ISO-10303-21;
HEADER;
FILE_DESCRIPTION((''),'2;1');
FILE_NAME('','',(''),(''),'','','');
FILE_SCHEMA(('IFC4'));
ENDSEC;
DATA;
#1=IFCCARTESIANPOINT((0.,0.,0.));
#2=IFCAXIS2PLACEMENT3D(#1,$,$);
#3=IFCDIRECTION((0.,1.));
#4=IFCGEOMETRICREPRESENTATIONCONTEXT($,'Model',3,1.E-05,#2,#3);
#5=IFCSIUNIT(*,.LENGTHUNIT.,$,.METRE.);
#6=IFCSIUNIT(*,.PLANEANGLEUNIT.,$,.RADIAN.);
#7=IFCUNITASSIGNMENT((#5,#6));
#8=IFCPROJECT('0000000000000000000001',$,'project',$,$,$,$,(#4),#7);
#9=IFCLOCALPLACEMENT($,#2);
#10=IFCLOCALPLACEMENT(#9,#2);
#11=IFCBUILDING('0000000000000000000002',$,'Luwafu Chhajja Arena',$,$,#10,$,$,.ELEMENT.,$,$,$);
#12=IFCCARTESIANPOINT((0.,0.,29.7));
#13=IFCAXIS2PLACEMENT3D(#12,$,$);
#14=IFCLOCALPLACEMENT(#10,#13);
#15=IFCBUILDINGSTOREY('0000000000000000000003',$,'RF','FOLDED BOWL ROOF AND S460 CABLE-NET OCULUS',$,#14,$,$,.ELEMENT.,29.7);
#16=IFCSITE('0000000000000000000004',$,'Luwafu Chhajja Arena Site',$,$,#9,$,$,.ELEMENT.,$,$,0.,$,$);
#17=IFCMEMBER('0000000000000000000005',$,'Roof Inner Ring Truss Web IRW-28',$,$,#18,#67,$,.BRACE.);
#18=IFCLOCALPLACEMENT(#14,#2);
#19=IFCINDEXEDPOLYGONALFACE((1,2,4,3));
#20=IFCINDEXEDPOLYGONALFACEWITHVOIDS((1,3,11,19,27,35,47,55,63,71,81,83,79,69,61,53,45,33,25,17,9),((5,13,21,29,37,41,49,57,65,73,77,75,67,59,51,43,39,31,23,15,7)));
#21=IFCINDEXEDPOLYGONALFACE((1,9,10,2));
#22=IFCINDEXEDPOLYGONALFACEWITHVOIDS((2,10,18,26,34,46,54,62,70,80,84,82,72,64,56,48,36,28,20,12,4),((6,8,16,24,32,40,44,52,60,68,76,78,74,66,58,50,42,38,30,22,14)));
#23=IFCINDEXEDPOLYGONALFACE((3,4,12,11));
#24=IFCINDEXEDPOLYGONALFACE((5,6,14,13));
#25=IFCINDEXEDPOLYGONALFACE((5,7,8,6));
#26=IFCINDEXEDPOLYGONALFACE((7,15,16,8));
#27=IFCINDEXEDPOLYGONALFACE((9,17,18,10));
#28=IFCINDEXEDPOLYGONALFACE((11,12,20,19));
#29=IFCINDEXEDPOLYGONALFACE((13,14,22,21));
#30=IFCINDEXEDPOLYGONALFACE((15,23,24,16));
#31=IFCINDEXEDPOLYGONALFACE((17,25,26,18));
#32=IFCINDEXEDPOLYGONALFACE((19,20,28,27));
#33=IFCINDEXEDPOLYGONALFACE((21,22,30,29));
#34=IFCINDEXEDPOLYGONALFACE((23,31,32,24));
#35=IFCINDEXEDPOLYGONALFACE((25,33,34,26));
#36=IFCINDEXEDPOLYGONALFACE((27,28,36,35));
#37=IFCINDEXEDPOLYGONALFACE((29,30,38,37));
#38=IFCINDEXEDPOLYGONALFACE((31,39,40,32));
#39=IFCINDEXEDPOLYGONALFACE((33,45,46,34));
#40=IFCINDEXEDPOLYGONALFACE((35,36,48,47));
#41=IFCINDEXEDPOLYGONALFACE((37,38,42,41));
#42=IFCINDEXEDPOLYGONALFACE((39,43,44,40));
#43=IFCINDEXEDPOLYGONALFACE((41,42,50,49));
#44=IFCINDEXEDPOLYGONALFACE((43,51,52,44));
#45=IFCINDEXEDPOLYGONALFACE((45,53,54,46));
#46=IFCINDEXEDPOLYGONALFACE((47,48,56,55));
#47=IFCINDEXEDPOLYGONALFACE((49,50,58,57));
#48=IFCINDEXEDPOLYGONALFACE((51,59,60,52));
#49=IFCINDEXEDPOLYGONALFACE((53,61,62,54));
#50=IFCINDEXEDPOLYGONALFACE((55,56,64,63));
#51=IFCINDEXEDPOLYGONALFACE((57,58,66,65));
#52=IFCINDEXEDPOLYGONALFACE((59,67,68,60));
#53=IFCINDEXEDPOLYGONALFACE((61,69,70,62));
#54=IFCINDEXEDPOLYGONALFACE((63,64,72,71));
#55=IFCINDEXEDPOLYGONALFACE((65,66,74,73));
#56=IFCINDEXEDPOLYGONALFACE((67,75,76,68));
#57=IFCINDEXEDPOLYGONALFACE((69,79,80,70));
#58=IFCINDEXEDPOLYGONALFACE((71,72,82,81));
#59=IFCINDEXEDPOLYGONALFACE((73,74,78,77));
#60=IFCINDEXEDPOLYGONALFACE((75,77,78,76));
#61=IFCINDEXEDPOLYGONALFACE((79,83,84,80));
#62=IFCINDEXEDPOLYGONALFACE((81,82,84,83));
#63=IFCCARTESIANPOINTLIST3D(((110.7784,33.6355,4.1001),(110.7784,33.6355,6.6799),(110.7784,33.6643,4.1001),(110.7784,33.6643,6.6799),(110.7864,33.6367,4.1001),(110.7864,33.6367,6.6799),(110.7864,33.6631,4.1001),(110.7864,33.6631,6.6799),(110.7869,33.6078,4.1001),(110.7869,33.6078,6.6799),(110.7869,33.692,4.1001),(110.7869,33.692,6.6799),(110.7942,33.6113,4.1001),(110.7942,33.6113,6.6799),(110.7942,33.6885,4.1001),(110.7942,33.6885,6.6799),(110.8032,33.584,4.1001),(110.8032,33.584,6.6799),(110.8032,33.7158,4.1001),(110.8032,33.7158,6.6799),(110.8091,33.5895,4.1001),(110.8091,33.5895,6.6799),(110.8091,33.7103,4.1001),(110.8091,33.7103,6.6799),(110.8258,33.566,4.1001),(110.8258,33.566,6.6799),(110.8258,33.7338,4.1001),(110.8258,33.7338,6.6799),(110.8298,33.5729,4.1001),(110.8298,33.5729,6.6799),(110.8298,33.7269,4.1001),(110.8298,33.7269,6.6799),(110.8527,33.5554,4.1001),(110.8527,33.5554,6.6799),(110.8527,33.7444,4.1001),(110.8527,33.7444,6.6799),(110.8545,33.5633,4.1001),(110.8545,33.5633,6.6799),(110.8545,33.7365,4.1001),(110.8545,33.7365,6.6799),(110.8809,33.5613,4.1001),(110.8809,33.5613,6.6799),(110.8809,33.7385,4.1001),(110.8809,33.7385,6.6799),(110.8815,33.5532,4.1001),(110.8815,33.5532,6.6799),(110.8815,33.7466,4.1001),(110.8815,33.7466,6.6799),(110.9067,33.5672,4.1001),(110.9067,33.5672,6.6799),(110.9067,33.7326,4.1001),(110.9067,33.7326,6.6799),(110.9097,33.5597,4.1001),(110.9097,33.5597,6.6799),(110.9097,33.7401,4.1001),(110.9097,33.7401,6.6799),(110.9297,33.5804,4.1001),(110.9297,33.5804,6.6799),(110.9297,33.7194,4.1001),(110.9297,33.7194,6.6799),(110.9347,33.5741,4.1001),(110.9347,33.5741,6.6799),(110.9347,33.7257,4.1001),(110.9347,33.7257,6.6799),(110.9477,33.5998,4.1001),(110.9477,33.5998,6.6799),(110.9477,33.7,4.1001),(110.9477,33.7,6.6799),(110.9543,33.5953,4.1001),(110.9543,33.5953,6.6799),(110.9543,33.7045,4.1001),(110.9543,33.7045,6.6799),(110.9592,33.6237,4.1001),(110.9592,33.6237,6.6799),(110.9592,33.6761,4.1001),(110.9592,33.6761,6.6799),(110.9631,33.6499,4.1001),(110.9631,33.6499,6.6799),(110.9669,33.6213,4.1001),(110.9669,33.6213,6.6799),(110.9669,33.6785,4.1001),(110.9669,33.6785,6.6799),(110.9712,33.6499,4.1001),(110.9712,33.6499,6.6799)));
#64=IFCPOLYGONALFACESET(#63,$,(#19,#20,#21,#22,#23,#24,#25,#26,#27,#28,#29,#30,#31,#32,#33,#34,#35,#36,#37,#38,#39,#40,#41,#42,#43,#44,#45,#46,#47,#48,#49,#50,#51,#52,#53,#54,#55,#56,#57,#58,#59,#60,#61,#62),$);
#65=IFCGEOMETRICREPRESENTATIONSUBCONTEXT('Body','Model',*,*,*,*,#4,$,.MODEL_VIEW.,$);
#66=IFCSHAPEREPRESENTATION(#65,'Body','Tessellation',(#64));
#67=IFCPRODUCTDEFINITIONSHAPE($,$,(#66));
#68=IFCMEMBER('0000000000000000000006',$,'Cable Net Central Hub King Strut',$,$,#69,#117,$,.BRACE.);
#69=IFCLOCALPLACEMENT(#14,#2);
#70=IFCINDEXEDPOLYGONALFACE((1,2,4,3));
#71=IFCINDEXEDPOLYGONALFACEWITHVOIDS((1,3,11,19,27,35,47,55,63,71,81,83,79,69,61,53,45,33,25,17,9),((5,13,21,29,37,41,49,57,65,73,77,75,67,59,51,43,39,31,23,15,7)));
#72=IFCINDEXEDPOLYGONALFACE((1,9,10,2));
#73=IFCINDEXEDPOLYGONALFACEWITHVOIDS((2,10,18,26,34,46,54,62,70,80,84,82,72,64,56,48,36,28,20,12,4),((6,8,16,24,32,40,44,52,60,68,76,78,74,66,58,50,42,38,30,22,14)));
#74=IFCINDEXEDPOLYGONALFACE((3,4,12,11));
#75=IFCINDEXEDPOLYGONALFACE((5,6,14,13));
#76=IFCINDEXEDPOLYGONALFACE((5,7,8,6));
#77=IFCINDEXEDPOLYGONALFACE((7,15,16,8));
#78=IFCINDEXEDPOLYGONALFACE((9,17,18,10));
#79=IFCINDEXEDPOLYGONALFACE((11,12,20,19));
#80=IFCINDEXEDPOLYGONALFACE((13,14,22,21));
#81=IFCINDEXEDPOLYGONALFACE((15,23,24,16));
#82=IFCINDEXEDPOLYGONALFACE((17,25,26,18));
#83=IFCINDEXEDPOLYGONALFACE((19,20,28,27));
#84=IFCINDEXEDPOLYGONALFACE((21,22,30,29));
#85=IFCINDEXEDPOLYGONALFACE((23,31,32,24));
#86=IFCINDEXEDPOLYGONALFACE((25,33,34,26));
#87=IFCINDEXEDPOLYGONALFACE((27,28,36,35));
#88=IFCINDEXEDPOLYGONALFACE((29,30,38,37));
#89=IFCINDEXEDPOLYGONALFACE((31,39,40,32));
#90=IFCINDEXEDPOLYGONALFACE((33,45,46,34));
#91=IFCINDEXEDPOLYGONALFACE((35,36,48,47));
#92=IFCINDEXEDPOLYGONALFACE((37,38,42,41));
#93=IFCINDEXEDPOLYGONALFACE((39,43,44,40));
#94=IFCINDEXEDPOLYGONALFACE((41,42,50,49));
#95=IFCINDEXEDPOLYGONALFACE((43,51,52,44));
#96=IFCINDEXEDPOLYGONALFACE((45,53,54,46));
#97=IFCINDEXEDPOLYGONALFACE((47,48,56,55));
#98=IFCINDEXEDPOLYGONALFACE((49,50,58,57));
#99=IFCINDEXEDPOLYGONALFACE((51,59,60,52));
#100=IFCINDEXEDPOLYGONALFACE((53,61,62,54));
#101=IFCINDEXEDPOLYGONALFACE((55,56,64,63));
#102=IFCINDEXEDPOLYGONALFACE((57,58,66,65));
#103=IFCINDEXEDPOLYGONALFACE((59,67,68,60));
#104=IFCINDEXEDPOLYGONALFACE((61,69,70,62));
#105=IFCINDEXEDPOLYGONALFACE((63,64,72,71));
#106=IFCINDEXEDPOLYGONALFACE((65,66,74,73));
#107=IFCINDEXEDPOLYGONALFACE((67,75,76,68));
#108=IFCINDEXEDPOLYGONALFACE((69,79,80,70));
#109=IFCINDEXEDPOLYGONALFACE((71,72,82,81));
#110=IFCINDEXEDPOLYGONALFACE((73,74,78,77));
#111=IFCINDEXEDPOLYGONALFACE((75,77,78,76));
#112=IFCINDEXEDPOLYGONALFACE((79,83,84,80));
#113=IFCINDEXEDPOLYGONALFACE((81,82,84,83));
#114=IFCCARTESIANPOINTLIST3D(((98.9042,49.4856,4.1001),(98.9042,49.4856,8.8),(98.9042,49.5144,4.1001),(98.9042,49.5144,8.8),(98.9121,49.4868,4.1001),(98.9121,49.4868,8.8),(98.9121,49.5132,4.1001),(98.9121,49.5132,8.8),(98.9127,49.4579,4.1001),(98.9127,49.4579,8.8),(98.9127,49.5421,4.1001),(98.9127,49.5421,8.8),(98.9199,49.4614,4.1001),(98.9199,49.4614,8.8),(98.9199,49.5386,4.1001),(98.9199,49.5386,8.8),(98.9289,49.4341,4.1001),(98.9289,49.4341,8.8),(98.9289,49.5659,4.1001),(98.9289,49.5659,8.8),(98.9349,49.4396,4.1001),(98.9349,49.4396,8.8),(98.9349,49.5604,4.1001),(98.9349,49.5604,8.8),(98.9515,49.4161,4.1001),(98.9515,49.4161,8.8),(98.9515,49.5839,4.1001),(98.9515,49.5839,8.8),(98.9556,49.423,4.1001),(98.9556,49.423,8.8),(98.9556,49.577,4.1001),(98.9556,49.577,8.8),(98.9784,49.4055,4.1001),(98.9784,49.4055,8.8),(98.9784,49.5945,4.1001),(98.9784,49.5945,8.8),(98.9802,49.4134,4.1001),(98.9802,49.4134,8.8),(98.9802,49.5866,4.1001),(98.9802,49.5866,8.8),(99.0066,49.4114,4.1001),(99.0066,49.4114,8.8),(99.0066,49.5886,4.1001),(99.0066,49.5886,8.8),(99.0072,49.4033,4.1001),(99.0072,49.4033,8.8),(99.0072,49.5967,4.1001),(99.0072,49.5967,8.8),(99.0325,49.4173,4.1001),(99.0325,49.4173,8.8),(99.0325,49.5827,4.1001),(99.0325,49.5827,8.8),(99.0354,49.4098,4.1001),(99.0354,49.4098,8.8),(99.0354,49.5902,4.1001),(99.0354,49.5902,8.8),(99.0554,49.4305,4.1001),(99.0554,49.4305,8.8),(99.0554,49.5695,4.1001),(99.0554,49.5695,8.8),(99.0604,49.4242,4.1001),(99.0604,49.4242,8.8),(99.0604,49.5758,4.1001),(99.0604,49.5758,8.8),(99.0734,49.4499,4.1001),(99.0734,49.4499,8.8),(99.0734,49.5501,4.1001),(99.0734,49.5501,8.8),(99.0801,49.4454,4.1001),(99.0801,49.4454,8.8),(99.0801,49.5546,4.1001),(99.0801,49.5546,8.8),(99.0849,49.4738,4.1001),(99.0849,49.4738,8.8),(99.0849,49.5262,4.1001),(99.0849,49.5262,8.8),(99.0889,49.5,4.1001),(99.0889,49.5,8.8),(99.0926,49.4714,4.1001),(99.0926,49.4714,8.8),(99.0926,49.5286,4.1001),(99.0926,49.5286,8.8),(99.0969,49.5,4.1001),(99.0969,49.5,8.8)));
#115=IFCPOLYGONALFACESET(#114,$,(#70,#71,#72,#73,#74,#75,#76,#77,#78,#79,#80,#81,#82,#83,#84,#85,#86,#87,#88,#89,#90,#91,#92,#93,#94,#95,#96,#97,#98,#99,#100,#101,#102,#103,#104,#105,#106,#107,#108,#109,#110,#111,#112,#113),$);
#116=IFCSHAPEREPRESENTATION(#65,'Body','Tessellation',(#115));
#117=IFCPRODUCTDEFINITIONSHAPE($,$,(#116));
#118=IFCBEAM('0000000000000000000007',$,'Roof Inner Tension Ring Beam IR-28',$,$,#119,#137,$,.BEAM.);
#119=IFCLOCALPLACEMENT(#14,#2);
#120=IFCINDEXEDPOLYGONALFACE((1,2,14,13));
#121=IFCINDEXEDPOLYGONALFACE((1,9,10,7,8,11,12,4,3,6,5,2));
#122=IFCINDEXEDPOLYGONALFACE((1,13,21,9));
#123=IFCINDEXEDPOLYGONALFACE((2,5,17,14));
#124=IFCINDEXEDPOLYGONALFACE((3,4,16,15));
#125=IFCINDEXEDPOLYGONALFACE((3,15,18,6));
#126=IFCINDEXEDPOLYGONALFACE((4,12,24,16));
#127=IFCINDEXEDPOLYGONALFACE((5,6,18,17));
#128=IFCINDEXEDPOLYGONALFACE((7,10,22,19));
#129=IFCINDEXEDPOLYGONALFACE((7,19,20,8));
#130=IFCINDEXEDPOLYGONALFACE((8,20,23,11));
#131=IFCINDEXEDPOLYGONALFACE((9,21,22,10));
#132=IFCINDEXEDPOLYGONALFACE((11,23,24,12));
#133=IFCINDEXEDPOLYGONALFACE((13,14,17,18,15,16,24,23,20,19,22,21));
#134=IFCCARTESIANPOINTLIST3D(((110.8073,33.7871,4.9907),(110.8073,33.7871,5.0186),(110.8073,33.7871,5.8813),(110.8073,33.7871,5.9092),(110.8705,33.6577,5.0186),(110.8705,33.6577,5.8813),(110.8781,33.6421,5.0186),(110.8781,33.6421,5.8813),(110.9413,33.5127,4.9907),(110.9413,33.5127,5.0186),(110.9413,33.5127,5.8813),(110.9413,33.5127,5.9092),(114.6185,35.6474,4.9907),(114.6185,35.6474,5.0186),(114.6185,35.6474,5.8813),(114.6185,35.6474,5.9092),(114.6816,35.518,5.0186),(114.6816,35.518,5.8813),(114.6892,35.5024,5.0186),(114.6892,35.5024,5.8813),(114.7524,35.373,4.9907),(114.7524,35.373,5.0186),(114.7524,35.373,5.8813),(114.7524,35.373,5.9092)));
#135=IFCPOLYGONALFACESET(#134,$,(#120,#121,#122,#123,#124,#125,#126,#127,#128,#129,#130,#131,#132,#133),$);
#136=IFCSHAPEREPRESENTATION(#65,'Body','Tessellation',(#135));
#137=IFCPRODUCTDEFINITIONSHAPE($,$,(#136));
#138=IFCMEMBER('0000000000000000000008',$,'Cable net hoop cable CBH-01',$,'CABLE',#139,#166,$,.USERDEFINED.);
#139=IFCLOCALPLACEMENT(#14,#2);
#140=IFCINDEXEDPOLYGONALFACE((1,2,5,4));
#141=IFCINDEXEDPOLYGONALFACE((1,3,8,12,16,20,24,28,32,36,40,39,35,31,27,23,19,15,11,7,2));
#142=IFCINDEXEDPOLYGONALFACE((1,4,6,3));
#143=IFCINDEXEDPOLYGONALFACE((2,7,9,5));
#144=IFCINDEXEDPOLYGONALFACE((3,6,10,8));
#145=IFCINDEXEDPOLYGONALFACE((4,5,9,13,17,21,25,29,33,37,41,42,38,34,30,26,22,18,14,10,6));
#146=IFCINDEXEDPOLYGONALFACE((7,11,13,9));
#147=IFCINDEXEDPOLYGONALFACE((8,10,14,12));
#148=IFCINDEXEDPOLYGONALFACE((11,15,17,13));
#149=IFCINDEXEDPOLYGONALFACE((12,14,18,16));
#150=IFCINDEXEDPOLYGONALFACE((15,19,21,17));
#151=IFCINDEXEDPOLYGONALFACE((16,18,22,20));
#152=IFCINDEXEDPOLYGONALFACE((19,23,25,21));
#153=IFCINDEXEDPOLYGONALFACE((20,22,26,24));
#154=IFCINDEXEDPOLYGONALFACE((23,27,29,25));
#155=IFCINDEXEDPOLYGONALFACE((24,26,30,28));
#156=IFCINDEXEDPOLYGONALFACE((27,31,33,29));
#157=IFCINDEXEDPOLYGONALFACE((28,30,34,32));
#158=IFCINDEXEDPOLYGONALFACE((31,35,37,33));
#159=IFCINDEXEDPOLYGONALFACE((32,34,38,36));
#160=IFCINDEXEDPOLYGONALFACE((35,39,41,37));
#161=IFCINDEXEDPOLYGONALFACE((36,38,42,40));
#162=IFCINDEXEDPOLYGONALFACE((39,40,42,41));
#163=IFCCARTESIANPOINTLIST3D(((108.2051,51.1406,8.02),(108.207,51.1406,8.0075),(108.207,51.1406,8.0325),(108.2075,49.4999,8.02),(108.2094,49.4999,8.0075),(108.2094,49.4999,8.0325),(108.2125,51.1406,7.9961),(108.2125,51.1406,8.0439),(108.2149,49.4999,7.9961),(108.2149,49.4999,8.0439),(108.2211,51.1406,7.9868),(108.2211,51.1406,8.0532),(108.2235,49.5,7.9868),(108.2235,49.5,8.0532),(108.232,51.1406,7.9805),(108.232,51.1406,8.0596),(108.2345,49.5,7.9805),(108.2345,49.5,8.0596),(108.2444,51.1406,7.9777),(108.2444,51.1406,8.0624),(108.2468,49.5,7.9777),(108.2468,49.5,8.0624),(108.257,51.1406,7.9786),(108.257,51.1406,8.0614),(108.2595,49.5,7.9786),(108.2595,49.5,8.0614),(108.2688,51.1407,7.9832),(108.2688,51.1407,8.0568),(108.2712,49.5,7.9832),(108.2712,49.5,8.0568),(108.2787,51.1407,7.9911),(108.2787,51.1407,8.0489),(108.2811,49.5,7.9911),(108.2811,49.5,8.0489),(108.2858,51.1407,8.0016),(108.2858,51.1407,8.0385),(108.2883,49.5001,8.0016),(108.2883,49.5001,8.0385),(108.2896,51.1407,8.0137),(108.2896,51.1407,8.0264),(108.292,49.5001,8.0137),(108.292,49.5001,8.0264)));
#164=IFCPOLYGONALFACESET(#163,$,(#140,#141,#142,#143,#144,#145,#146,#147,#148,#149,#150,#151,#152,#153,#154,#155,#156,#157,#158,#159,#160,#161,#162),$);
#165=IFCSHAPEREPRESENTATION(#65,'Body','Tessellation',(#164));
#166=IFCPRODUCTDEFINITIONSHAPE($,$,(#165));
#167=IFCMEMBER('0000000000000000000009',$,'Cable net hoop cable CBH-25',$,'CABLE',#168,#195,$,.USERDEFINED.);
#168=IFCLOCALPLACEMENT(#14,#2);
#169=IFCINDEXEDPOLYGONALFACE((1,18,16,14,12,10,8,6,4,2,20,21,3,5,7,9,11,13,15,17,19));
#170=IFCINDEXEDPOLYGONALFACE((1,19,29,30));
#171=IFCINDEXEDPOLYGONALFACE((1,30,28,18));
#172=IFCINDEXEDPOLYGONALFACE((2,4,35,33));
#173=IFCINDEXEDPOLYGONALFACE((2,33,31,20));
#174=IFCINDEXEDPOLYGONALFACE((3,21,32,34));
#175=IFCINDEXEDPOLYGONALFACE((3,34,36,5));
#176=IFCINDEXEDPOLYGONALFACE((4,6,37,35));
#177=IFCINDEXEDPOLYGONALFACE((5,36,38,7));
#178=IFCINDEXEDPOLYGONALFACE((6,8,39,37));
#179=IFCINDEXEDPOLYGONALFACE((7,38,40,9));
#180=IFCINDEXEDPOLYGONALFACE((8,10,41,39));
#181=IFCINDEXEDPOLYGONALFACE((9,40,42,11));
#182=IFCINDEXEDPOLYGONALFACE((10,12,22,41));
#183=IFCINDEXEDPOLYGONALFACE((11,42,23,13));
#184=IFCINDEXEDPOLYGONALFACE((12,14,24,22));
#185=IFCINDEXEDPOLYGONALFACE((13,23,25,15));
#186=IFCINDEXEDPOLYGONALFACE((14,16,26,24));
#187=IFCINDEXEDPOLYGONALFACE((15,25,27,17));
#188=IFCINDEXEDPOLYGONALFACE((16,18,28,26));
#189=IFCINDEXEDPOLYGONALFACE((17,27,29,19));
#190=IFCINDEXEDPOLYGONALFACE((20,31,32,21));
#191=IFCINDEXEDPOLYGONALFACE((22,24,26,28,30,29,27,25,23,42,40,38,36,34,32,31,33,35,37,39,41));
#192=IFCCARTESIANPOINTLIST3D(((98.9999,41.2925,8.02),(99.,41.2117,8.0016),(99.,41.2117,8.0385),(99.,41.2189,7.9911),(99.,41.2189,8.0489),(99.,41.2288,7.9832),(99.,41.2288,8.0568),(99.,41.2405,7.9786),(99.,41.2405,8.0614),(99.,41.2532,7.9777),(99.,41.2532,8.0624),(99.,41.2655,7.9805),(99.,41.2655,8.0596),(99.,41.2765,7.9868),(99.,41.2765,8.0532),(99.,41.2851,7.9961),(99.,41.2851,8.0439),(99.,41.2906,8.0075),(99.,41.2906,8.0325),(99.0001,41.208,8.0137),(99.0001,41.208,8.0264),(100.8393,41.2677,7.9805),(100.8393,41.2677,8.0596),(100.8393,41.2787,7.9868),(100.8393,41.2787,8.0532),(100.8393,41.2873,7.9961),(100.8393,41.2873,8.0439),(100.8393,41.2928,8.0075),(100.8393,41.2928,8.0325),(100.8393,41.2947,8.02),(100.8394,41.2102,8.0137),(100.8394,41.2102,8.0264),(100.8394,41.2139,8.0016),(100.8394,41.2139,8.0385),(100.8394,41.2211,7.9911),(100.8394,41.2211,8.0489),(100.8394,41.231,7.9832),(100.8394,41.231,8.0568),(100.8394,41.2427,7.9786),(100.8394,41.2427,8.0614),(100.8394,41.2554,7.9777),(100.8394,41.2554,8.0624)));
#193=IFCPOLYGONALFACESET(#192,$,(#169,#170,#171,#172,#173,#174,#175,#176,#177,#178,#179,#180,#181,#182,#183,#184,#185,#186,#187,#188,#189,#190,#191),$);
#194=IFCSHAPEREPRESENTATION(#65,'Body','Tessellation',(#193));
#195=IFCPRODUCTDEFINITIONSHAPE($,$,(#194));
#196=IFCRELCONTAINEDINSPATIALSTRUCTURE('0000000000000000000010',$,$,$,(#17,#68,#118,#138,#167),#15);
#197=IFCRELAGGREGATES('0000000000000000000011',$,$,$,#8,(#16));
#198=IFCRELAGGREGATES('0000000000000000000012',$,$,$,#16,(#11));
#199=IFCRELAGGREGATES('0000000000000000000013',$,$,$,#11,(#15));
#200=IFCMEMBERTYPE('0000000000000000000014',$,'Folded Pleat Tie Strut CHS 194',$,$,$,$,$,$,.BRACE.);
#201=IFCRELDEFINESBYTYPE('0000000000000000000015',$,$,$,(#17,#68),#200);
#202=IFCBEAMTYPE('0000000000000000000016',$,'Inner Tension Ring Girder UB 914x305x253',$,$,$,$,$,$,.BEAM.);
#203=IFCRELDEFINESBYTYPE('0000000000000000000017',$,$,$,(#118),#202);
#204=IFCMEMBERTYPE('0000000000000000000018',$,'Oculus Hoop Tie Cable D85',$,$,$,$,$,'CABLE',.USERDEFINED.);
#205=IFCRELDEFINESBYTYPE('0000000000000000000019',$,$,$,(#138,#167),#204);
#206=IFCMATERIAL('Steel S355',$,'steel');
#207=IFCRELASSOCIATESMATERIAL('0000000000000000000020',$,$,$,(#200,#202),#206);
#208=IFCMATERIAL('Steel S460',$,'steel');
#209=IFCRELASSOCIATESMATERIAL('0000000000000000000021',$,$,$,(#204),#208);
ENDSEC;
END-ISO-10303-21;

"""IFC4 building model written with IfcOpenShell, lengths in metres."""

from ifc_helpers import new_model, si_unit, direction, frame, origin, origin_2d, place, context, subcontext, project, spatial, circle, hollow_circle, i_section, extrude, material, material_profile, profile_set, type_object, element, save


model = new_model("IFC4")

# Units and contexts
model_context = context("Model", 3, precision=1e-05, world=origin(), true_north=direction((0.0, 1.0)))
body_context = subcontext(model_context, "Body", "Model", "MODEL_VIEW")
ifc_project = project(units=[si_unit("LENGTHUNIT", "METRE"), si_unit("PLANEANGLEUNIT", "RADIAN")], contexts=[model_context])

# Site, building, storey
site_placement = place(None, origin())
site = spatial("IfcSite", under=ifc_project, at=site_placement, Name="Luwafu Chhajja Arena Site", CompositionType="ELEMENT", RefElevation=0.0)
building_placement = place(site_placement, origin())
building = spatial("IfcBuilding", under=site, at=building_placement, Name="Luwafu Chhajja Arena", CompositionType="ELEMENT")
storey_placement = place(building_placement, frame((0.0, 0.0, 29.7)))
storey = spatial("IfcBuildingStorey", under=building, at=storey_placement, Name="RF", Description="FOLDED BOWL ROOF AND S460 CABLE-NET OCULUS", CompositionType="ELEMENT", Elevation=29.7)

# Members
ifc_material_1 = material(Name="Steel S355", Category="steel")
ifc_material_profile_1 = material_profile(ifc_material_1, hollow_circle(Radius=0.0969, WallThickness=0.0081, at=origin_2d()), Name="CHS 193.7x8")
ifc_profile_set_1 = profile_set([ifc_material_profile_1], Name="Steel S355")
member_type_1 = type_object("IfcMemberType", Name="Folded Pleat Tie Strut CHS 194", PredefinedType="BRACE", material=ifc_profile_set_1)
member_1_placement = place(storey_placement, frame((110.8743, 33.6499, 4.1001), z_axis=(0.0, 0.0, 1.0), x_axis=(1.0, 0.0, 0.0)))
element("IfcMember", 1, at=member_1_placement, inside=storey, type_object=member_type_1, Name="Roof Inner Ring Truss Web IRW-28", PredefinedType="BRACE", context=body_context, shape_type="SweptSolid", body=[
    extrude(hollow_circle(Radius=0.0969, WallThickness=0.0081, at=origin_2d()), origin(), (0.0, 0.0, 1.0), 2.5798),
])
member_2_placement = place(storey_placement, frame((99.0, 49.5, 4.1001), z_axis=(0.0, 0.0, 1.0), x_axis=(1.0, 0.0, 0.0)))
element("IfcMember", 2, at=member_2_placement, inside=storey, type_object=member_type_1, Name="Cable Net Central Hub King Strut", PredefinedType="BRACE", context=body_context, shape_type="SweptSolid", body=[
    extrude(hollow_circle(Radius=0.0969, WallThickness=0.0081, at=origin_2d()), origin(), (0.0, 0.0, 1.0), 4.7),
])

# Beam
ifc_material_profile_2 = material_profile(ifc_material_1, i_section(OverallWidth=0.3054, OverallDepth=0.9185, WebThickness=0.0173, FlangeThickness=0.0278, at=origin_2d()), Name="UB 914x305x253")
ifc_profile_set_2 = profile_set([ifc_material_profile_2], Name="Steel S355")
beam_type = type_object("IfcBeamType", Name="Inner Tension Ring Girder UB 914x305x253", PredefinedType="BEAM", material=ifc_profile_set_2)
beam_placement = place(storey_placement, frame((110.8743, 33.6499, 5.45), z_axis=(0.898658, 0.43865, 0.0), x_axis=(-0.43865, 0.898658, 0.0)))
element("IfcBeam", 3, at=beam_placement, inside=storey, type_object=beam_type, Name="Roof Inner Tension Ring Beam IR-28", PredefinedType="BEAM", context=body_context, shape_type="SweptSolid", body=[
    extrude(i_section(OverallWidth=0.3054, OverallDepth=0.9185, WebThickness=0.0173, FlangeThickness=0.0278, at=origin_2d()), origin(), (0.0, 0.0, 1.0), 4.241),
])

# Members
ifc_material_2 = material(Name="Steel S460", Category="steel")
ifc_material_profile_3 = material_profile(ifc_material_2, circle(Radius=0.0425, at=origin_2d()), Name="CABLE D85")
ifc_profile_set_3 = profile_set([ifc_material_profile_3], Name="Steel S460")
member_type_2 = type_object("IfcMemberType", Name="Oculus Hoop Tie Cable D85", ElementType="CABLE", PredefinedType="USERDEFINED", material=ifc_profile_set_3)
member_3_placement = place(storey_placement, frame((108.25, 49.5, 8.02), z_axis=(-0.001488, 0.999999, 0.0), x_axis=(-0.999999, -0.001488, 0.0)))
element("IfcMember", 4, at=member_3_placement, inside=storey, type_object=member_type_2, Name="Cable net hoop cable CBH-01", ObjectType="CABLE", PredefinedType="USERDEFINED", context=body_context, shape_type="SweptSolid", body=[
    extrude(circle(Radius=0.0425, at=origin_2d()), origin(), (0.0, 0.0, 1.0), 1.6406),
])
member_4_placement = place(storey_placement, frame((99.0, 41.25, 8.02), z_axis=(0.999999, 0.001195, 0.0), x_axis=(-0.001195, 0.999999, 0.0)))
element("IfcMember", 5, at=member_4_placement, inside=storey, type_object=member_type_2, Name="Cable net hoop cable CBH-25", ObjectType="CABLE", PredefinedType="USERDEFINED", context=body_context, shape_type="SweptSolid", body=[
    extrude(circle(Radius=0.0425, at=origin_2d()), origin(), (0.0, 0.0, 1.0), 1.8394),
])

save(model, "model.ifc")
